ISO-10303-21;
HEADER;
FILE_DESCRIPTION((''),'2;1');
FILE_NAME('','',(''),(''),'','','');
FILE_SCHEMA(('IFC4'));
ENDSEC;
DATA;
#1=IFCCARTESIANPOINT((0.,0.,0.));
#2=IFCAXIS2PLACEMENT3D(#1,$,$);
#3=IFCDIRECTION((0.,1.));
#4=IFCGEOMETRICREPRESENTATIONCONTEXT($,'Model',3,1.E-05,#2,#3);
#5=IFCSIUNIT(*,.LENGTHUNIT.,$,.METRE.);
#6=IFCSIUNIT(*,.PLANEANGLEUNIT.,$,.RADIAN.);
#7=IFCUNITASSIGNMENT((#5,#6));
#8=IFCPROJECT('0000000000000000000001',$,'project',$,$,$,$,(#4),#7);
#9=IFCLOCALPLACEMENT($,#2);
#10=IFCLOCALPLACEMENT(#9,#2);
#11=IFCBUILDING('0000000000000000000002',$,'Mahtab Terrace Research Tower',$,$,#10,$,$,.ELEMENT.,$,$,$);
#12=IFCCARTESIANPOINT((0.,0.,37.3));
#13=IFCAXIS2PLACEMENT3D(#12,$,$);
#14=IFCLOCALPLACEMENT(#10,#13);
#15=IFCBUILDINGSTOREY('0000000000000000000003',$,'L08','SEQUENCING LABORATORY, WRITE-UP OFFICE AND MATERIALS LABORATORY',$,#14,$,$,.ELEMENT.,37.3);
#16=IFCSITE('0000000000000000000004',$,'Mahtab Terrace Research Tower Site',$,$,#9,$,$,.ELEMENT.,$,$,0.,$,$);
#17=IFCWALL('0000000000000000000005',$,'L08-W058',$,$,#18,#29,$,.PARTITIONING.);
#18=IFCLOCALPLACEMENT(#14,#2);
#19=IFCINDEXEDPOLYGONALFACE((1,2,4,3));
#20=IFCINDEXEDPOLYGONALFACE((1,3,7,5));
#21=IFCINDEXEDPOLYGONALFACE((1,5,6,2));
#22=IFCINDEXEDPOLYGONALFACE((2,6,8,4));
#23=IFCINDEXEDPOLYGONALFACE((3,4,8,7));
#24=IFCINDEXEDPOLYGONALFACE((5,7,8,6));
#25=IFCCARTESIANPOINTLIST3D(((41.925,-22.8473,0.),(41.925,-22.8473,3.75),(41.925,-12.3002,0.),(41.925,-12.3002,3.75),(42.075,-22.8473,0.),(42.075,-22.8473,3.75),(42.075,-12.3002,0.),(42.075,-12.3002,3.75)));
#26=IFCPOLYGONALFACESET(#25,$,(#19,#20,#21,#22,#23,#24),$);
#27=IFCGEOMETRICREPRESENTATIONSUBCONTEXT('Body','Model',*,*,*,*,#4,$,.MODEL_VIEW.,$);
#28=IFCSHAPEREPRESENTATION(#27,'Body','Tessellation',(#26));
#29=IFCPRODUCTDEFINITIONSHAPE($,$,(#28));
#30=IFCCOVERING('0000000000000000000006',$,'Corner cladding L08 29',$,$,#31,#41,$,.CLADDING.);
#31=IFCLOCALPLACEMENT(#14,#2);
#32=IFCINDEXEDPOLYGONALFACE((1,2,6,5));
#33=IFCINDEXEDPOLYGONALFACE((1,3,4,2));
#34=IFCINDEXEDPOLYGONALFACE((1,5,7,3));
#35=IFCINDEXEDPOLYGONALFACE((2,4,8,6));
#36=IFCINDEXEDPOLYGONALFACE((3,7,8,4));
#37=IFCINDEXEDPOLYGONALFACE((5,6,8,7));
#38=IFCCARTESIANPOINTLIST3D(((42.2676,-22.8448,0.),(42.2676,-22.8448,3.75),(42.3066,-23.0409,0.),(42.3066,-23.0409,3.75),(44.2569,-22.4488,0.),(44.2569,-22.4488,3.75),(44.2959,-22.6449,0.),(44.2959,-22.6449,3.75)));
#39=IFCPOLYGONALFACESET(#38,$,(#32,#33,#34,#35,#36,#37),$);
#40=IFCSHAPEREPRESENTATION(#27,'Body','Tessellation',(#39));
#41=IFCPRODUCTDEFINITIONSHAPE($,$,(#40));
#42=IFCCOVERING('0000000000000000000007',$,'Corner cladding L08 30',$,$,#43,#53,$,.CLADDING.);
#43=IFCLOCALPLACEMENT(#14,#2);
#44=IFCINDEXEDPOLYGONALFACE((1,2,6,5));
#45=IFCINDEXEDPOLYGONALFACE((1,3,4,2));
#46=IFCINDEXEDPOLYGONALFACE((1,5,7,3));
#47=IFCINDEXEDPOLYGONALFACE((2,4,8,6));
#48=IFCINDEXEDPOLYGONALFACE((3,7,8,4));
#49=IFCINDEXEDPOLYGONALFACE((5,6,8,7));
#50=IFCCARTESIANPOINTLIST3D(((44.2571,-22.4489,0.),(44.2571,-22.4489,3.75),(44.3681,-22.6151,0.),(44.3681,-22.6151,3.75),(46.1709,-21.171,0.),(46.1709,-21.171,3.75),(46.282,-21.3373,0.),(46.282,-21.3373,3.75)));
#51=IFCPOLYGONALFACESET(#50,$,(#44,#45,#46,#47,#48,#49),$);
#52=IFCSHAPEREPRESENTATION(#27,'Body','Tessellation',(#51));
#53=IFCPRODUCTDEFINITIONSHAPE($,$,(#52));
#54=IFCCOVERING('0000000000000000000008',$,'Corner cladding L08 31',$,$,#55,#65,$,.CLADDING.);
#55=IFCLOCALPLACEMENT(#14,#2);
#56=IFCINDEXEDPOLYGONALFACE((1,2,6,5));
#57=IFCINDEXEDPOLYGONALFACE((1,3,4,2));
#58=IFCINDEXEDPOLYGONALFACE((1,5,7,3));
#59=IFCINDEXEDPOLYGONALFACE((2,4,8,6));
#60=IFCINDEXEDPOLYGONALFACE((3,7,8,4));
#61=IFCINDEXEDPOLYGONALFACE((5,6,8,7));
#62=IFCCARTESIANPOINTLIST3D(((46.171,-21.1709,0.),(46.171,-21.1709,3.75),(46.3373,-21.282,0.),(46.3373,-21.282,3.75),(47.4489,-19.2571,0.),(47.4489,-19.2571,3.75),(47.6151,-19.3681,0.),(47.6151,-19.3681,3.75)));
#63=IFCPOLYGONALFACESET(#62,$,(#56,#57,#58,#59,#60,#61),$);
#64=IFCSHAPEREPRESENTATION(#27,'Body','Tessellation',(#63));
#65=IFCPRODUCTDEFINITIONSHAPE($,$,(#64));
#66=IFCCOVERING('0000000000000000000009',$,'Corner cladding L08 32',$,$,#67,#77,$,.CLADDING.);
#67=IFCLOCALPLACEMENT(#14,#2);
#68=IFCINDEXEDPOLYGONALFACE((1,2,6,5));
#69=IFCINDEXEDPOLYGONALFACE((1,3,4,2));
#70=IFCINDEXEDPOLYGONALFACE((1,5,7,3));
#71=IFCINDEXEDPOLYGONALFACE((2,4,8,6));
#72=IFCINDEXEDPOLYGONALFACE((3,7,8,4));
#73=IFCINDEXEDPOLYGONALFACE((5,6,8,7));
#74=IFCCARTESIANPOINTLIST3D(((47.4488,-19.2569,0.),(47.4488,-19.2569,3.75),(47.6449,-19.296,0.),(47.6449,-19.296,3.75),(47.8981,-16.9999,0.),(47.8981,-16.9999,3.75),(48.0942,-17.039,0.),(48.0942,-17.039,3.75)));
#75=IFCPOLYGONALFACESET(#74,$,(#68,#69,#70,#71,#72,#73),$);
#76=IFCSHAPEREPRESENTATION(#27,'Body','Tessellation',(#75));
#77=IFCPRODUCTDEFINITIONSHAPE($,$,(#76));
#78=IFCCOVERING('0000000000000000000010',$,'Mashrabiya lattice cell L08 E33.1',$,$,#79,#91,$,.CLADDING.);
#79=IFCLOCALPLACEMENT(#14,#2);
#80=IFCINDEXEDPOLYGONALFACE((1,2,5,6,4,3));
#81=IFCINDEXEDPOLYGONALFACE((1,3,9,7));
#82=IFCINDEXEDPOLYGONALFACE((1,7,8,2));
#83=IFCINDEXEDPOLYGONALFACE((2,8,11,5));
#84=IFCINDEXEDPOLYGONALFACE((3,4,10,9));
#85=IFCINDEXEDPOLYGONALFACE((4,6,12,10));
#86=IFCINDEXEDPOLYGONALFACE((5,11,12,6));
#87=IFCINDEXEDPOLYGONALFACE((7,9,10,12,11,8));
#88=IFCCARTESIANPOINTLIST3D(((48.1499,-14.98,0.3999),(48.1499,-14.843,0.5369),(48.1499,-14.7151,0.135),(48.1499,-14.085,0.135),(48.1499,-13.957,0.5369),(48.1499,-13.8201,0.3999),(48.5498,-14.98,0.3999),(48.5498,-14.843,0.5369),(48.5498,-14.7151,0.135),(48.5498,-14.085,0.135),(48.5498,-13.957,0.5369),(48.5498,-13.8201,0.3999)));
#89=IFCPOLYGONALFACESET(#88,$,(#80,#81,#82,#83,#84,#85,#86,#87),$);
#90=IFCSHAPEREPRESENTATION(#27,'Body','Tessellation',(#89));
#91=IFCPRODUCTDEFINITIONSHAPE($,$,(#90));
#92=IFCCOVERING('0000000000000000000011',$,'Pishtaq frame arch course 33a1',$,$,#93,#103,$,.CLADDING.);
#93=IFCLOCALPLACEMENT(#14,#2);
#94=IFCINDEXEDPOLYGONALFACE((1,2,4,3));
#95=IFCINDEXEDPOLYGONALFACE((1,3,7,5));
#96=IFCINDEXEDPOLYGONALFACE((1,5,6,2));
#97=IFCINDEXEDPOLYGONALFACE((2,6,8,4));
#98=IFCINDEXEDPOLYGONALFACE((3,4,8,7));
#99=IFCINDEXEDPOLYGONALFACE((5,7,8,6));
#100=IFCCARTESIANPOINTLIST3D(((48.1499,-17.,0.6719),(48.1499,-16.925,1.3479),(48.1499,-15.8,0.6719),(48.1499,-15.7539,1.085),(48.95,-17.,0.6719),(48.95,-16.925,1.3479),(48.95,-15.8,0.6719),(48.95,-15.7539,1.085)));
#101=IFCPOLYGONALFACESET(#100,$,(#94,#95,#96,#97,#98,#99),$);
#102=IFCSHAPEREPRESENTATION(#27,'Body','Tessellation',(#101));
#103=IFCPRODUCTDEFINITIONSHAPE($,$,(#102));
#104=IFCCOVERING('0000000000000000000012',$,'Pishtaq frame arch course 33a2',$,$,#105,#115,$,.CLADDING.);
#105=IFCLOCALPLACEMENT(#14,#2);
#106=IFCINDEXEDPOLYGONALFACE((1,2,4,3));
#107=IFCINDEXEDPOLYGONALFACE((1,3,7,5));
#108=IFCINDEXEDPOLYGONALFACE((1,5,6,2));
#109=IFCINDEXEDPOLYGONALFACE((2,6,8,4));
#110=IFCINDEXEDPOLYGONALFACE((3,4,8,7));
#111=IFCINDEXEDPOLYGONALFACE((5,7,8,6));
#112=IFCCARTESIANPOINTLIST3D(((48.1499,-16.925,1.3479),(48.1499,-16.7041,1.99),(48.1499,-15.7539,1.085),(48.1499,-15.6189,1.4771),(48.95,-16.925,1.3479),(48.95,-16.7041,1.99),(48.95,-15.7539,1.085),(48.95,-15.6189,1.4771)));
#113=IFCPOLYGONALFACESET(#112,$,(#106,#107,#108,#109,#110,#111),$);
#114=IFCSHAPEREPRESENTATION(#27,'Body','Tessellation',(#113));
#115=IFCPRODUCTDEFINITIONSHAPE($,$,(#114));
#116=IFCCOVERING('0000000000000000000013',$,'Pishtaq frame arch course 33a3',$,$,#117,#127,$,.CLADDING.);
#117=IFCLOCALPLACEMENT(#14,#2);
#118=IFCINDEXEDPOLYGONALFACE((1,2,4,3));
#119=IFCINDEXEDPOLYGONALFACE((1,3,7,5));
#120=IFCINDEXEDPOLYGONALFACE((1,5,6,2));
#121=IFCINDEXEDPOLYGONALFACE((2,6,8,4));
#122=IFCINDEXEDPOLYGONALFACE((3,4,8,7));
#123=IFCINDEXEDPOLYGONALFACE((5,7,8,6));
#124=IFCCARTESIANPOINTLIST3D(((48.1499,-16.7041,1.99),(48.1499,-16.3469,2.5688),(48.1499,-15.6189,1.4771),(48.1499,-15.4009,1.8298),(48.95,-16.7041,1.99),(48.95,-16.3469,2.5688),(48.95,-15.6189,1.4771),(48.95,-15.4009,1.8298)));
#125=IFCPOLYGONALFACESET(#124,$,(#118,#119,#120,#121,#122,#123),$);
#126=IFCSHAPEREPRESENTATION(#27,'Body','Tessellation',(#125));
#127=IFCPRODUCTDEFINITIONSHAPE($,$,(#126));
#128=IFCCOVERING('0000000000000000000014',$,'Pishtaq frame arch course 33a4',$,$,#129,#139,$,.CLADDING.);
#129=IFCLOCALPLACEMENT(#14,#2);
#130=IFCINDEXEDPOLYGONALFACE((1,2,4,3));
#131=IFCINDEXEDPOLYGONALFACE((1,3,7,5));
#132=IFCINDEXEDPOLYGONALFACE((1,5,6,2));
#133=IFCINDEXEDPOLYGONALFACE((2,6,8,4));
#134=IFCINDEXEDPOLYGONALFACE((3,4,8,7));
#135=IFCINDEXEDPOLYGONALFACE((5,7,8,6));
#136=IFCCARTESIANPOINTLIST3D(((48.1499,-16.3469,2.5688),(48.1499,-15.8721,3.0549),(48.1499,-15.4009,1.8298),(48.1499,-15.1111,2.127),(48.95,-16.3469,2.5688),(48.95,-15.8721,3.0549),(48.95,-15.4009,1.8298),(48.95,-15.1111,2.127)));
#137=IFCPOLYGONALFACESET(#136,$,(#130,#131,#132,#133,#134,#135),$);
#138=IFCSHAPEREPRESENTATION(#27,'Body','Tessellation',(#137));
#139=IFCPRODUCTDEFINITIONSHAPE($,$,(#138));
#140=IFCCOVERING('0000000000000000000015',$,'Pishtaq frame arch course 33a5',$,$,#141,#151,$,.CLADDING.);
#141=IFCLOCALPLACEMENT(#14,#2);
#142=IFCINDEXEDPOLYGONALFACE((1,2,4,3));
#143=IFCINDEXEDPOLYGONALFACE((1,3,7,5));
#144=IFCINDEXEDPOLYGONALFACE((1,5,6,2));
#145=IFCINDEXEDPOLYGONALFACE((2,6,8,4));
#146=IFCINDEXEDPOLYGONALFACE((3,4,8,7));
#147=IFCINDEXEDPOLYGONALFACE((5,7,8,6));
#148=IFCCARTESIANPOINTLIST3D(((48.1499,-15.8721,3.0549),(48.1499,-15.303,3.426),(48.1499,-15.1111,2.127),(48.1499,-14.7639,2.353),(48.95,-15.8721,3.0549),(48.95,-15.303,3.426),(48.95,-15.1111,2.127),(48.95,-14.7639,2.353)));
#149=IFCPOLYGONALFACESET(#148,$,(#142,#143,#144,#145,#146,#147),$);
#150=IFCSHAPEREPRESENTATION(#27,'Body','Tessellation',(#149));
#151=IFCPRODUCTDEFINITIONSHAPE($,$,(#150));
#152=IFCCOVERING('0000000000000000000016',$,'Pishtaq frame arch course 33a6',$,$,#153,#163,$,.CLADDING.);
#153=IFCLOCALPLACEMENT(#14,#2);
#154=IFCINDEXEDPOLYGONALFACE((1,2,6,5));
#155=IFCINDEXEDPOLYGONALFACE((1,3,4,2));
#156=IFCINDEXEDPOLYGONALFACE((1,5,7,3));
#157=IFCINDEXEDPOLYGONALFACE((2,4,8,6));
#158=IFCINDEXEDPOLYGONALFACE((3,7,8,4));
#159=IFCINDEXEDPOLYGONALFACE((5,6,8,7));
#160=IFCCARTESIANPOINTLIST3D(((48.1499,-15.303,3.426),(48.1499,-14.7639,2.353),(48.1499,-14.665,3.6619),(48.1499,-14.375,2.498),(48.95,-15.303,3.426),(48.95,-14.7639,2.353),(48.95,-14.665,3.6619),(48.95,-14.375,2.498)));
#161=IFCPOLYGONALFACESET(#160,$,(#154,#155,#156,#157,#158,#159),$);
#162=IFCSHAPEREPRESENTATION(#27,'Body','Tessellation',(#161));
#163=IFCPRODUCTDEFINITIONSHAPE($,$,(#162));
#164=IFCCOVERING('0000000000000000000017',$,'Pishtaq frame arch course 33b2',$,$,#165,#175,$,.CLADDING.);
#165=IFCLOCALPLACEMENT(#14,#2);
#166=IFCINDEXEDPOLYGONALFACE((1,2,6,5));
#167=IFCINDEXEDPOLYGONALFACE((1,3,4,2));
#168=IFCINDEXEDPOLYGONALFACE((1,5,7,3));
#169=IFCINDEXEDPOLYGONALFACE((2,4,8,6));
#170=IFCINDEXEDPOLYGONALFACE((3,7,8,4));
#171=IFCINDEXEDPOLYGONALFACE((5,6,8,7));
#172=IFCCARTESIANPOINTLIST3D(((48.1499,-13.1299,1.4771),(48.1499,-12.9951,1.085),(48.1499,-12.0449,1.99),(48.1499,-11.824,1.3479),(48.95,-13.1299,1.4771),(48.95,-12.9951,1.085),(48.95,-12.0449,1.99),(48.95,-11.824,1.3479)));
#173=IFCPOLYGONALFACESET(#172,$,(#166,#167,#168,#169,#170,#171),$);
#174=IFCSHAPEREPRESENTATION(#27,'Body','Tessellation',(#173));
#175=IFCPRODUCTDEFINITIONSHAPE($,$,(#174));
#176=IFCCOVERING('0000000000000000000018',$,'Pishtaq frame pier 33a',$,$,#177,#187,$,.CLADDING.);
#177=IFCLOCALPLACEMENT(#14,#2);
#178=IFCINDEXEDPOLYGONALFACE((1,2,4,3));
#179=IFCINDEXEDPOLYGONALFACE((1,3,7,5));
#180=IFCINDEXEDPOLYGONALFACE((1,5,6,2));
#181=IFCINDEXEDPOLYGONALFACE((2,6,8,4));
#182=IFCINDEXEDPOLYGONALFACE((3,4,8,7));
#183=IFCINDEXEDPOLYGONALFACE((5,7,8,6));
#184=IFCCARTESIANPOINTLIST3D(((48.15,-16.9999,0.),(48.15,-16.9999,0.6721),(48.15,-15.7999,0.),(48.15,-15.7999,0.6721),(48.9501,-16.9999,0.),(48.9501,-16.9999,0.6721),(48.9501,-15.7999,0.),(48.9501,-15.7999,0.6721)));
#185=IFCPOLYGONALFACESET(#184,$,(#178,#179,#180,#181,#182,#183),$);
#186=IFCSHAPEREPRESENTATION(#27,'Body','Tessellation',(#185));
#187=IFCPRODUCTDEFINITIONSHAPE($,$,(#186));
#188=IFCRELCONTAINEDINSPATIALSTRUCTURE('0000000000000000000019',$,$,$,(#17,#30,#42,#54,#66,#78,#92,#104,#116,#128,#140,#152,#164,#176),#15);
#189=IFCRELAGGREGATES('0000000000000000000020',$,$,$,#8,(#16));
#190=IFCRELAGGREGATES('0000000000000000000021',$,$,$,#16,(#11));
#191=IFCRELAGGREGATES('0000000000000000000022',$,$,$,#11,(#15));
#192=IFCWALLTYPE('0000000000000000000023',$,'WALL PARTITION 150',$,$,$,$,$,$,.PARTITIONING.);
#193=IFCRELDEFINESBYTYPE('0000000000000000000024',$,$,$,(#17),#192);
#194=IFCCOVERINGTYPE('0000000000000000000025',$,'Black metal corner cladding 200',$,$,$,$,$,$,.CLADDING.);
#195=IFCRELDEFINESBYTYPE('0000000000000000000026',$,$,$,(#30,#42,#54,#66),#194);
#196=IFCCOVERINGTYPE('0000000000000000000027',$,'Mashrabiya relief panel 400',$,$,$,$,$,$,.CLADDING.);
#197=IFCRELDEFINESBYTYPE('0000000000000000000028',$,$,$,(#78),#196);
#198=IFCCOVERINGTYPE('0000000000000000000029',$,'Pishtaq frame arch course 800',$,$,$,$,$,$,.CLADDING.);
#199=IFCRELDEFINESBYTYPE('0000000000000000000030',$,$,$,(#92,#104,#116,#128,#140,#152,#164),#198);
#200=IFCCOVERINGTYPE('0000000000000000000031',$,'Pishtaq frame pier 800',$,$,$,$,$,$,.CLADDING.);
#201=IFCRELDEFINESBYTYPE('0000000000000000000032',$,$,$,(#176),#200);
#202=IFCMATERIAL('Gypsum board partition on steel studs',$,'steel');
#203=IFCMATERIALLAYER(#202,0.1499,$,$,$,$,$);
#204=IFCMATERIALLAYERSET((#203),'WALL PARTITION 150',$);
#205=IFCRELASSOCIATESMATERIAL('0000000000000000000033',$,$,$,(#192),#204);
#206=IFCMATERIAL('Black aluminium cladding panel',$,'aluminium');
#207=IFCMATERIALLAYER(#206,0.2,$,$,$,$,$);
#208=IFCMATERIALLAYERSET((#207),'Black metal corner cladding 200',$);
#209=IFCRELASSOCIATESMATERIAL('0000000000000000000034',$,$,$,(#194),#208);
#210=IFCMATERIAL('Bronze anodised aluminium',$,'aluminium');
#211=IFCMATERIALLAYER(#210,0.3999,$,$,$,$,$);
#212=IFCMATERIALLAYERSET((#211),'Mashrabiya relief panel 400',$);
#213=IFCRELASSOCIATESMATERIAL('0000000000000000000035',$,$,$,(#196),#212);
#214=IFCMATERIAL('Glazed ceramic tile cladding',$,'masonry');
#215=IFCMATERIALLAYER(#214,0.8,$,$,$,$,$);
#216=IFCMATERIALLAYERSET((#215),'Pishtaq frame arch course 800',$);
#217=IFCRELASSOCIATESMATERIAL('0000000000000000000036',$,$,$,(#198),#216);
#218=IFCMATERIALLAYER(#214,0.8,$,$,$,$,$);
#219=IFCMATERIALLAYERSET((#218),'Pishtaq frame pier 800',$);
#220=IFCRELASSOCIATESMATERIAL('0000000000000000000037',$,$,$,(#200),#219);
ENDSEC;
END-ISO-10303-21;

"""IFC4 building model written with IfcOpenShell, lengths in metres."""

from ifc_helpers import new_model, si_unit, direction, frame, frame_2d, origin, origin_2d, place, context, subcontext, project, spatial, polyline, rectangle, outline, extrude, material, layer, layer_set, type_object, element, save


model = new_model("IFC4")

# Units and contexts
model_context = context("Model", 3, precision=1e-05, world=origin(), true_north=direction((0.0, 1.0)))
body_context = subcontext(model_context, "Body", "Model", "MODEL_VIEW")
ifc_project = project(units=[si_unit("LENGTHUNIT", "METRE"), si_unit("PLANEANGLEUNIT", "RADIAN")], contexts=[model_context])

# Site, building, storey
site_placement = place(None, origin())
site = spatial("IfcSite", under=ifc_project, at=site_placement, Name="Mahtab Terrace Research Tower Site", CompositionType="ELEMENT", RefElevation=0.0)
building_placement = place(site_placement, origin())
building = spatial("IfcBuilding", under=site, at=building_placement, Name="Mahtab Terrace Research Tower", CompositionType="ELEMENT")
storey_placement = place(building_placement, frame((0.0, 0.0, 37.3)))
storey = spatial("IfcBuildingStorey", under=building, at=storey_placement, Name="L08", Description="SEQUENCING LABORATORY, WRITE-UP OFFICE AND MATERIALS LABORATORY", CompositionType="ELEMENT", Elevation=37.3)

# Wall
ifc_material_1 = material(Name="Black aluminium cladding panel", Category="aluminium")
ifc_material_2 = material(Name="Gypsum board partition on steel studs", Category="steel")
ifc_layer_1 = layer(ifc_material_2, 0.1499)
ifc_layer_set_1 = layer_set([ifc_layer_1], Name="WALL PARTITION 150")
wall_type_1 = type_object("IfcWallType", Name="WALL PARTITION 150", PredefinedType="PARTITIONING", material=ifc_layer_set_1)
wall_1_placement = place(storey_placement, frame((42.0, -22.8472, 0.0), z_axis=(0.0, 0.0, 1.0), x_axis=(0.0, 1.0, 0.0)))
element("IfcWall", 1, at=wall_1_placement, inside=storey, type_object=wall_type_1, Name="L08-W058", PredefinedType="PARTITIONING", context=body_context, shape_type="SweptSolid", body=[
    extrude(rectangle(XDim=10.5471, YDim=0.1499, at=frame_2d((5.2734, 0.0))), origin(), (0.0, 0.0, 1.0), 3.75),
])

# Coverings
ifc_layer_2 = layer(ifc_material_1, 0.2)
ifc_layer_set_2 = layer_set([ifc_layer_2], Name="Black metal corner cladding 200")
covering_type_1 = type_object("IfcCoveringType", Name="Black metal corner cladding 200", PredefinedType="CLADDING", material=ifc_layer_set_2)
covering_1_placement = place(storey_placement, frame((43.2817, -22.7449, 0.0), z_axis=(0.0, 0.0, 1.0), x_axis=(0.980761, 0.195212, 0.0)))
element("IfcCovering", 2, at=covering_1_placement, inside=storey, type_object=covering_type_1, Name="Corner cladding L08 29", PredefinedType="CLADDING", context=body_context, shape_type="SweptSolid", body=[
    extrude(rectangle(XDim=2.0283, YDim=0.2, at=origin_2d()), origin(), (0.0, 0.0, 1.0), 3.75),
])
for number, where, z_axis, x_axis, name in (
    (3, (45.2695, -21.8931, 0.0), (0.0, 0.0, 1.0), (0.831656, 0.555291, 0.0), "Corner cladding L08 30"),
    (4, (46.8931, -20.2695, 0.0), (0.0, 0.0, 1.0), (0.555291, 0.831656, 0.0), "Corner cladding L08 31"),
    (5, (47.7715, -18.1479, 0.0), (0.0, 0.0, 1.0), (0.195212, 0.980761, 0.0), "Corner cladding L08 32"),
):
    element("IfcCovering", number, at=place(storey_placement, frame(where, z_axis=z_axis, x_axis=x_axis)), inside=storey, type_object=covering_type_1, Name=name, PredefinedType="CLADDING", context=body_context, shape_type="SweptSolid", body=[
        extrude(rectangle(XDim=2.3013, YDim=0.2, at=origin_2d()), origin(), (0.0, 0.0, 1.0), 3.75),
    ])
ifc_material_3 = material(Name="Bronze anodised aluminium", Category="aluminium")
ifc_layer_3 = layer(ifc_material_3, 0.3999)
ifc_layer_set_3 = layer_set([ifc_layer_3], Name="Mashrabiya relief panel 400")
covering_type_2 = type_object("IfcCoveringType", Name="Mashrabiya relief panel 400", PredefinedType="CLADDING", material=ifc_layer_set_3)
covering_2_placement = place(storey_placement, frame((48.1499, -14.98, 0.3999), z_axis=(-1.0, 0.0, 0.0), x_axis=(0.0, 0.707107, 0.707107)))
element("IfcCovering", 6, at=covering_2_placement, inside=storey, type_object=covering_type_2, Name="Mashrabiya lattice cell L08 E33.1", PredefinedType="CLADDING", context=body_context, shape_type="SweptSolid", body=[
    extrude(outline(polyline([(0.0, 0.0), (0.1937, 0.0), (0.8202, 0.6265), (0.8202, 0.8202), (0.4456, 0.8202), (0.0, 0.3746), (0.0, 0.0)])), origin(), (0.0, 0.0, -1.0), 0.3999),
])
ifc_material_4 = material(Name="Glazed ceramic tile cladding", Category="masonry")
ifc_layer_4 = layer(ifc_material_4, 0.8)
ifc_layer_set_4 = layer_set([ifc_layer_4], Name="Pishtaq frame arch course 800")
covering_type_3 = type_object("IfcCoveringType", Name="Pishtaq frame arch course 800", PredefinedType="CLADDING", material=ifc_layer_set_4)
covering_3_placement = place(storey_placement, frame((48.1499, -17.0, 0.6719), z_axis=(-1.0, 0.0, 0.0), x_axis=(0.0, 0.110195, 0.99391)))
element("IfcCovering", 7, at=covering_3_placement, inside=storey, type_object=covering_type_3, Name="Pishtaq frame arch course 33a1", PredefinedType="CLADDING", context=body_context, shape_type="SweptSolid", body=[
    extrude(outline(polyline([(0.0, 0.0), (0.6802, 0.0), (0.5479, 1.193), (0.1322, 1.1926), (0.0, 0.0)])), origin(), (0.0, 0.0, -1.0), 0.8),
])
covering_4_placement = place(storey_placement, frame((48.1499, -16.925, 1.3479), z_axis=(-1.0, 0.0, 0.0), x_axis=(0.0, 0.325381, 0.945583)))
element("IfcCovering", 8, at=covering_4_placement, inside=storey, type_object=covering_type_3, Name="Pishtaq frame arch course 33a2", PredefinedType="CLADDING", context=body_context, shape_type="SweptSolid", body=[
    extrude(outline(polyline([(0.0, 0.0), (0.679, 0.0), (0.5471, 1.1931), (0.1324, 1.193), (0.0, 0.0)])), origin(), (0.0, 0.0, -1.0), 0.8),
])
covering_5_placement = place(storey_placement, frame((48.1499, -16.7041, 1.99), z_axis=(-1.0, 0.0, 0.0), x_axis=(0.0, 0.525118, 0.851029)))
element("IfcCovering", 9, at=covering_5_placement, inside=storey, type_object=covering_type_3, Name="Pishtaq frame arch course 33a3", PredefinedType="CLADDING", context=body_context, shape_type="SweptSolid", body=[
    extrude(outline(polyline([(0.0, 0.0), (0.6802, 0.0), (0.548, 1.1932), (0.1333, 1.1929), (0.0, 0.0)])), origin(), (0.0, 0.0, -1.0), 0.8),
])
covering_6_placement = place(storey_placement, frame((48.1499, -16.3469, 2.5688), z_axis=(-1.0, 0.0, 0.0), x_axis=(0.0, 0.698795, 0.715322)))
element("IfcCovering", 10, at=covering_6_placement, inside=storey, type_object=covering_type_3, Name="Pishtaq frame arch course 33a4", PredefinedType="CLADDING", context=body_context, shape_type="SweptSolid", body=[
    extrude(outline(polyline([(0.0, 0.0), (0.6795, 0.0), (0.5475, 1.1928), (0.1325, 1.1931), (0.0, 0.0)])), origin(), (0.0, 0.0, -1.0), 0.8),
])
covering_7_placement = place(storey_placement, frame((48.1499, -15.8721, 3.0549), z_axis=(-1.0, 0.0, 0.0), x_axis=(0.0, 0.837646, 0.546213)))
element("IfcCovering", 11, at=covering_7_placement, inside=storey, type_object=covering_type_3, Name="Pishtaq frame arch course 33a5", PredefinedType="CLADDING", context=body_context, shape_type="SweptSolid", body=[
    extrude(outline(polyline([(0.0, 0.0), (0.6794, 0.0), (0.5449, 1.1932), (0.1306, 1.193), (0.0, 0.0)])), origin(), (0.0, 0.0, -1.0), 0.8),
])
covering_8_placement = place(storey_placement, frame((48.1499, -15.303, 3.426), z_axis=(-1.0, 0.0, 0.0), x_axis=(0.0, 0.937956, 0.346753)))
element("IfcCovering", 12, at=covering_8_placement, inside=storey, type_object=covering_type_3, Name="Pishtaq frame arch course 33a6", PredefinedType="CLADDING", context=body_context, shape_type="SweptSolid", body=[
    extrude(outline(polyline([(0.0, 0.0), (0.6801, 0.0), (0.5486, 1.1922), (0.1336, 1.1933), (0.0, 0.0)])), origin(), (0.0, 0.0, -1.0), 0.8),
])
covering_9_placement = place(storey_placement, frame((48.1499, -12.9951, 1.085), z_axis=(-1.0, 0.0, 0.0), x_axis=(0.0, -0.325047, 0.945698)))
element("IfcCovering", 13, at=covering_9_placement, inside=storey, type_object=covering_type_3, Name="Pishtaq frame arch course 33b2", PredefinedType="CLADDING", context=body_context, shape_type="SweptSolid", body=[
    extrude(outline(polyline([(0.0, 0.0), (0.4146, 0.0), (0.547, 1.1928), (-0.132, 1.193), (0.0, 0.0)])), origin(), (0.0, 0.0, -1.0), 0.8),
])
ifc_layer_5 = layer(ifc_material_4, 0.8)
ifc_layer_set_5 = layer_set([ifc_layer_5], Name="Pishtaq frame pier 800")
covering_type_4 = type_object("IfcCoveringType", Name="Pishtaq frame pier 800", PredefinedType="CLADDING", material=ifc_layer_set_5)
for number, where, z_axis, x_axis, name in (
    (14, (48.55, -16.3999, 0.0), (0.0, 0.0, 1.0), (0.0, 1.0, 0.0), "Pishtaq frame pier 33a"),
):
    element("IfcCovering", number, at=place(storey_placement, frame(where, z_axis=z_axis, x_axis=x_axis)), inside=storey, type_object=covering_type_4, Name=name, PredefinedType="CLADDING", context=body_context, shape_type="SweptSolid", body=[
        extrude(rectangle(XDim=1.2, YDim=0.8, at=origin_2d()), origin(), (0.0, 0.0, 1.0), 0.6721),
    ])

save(model, "model.ifc")
